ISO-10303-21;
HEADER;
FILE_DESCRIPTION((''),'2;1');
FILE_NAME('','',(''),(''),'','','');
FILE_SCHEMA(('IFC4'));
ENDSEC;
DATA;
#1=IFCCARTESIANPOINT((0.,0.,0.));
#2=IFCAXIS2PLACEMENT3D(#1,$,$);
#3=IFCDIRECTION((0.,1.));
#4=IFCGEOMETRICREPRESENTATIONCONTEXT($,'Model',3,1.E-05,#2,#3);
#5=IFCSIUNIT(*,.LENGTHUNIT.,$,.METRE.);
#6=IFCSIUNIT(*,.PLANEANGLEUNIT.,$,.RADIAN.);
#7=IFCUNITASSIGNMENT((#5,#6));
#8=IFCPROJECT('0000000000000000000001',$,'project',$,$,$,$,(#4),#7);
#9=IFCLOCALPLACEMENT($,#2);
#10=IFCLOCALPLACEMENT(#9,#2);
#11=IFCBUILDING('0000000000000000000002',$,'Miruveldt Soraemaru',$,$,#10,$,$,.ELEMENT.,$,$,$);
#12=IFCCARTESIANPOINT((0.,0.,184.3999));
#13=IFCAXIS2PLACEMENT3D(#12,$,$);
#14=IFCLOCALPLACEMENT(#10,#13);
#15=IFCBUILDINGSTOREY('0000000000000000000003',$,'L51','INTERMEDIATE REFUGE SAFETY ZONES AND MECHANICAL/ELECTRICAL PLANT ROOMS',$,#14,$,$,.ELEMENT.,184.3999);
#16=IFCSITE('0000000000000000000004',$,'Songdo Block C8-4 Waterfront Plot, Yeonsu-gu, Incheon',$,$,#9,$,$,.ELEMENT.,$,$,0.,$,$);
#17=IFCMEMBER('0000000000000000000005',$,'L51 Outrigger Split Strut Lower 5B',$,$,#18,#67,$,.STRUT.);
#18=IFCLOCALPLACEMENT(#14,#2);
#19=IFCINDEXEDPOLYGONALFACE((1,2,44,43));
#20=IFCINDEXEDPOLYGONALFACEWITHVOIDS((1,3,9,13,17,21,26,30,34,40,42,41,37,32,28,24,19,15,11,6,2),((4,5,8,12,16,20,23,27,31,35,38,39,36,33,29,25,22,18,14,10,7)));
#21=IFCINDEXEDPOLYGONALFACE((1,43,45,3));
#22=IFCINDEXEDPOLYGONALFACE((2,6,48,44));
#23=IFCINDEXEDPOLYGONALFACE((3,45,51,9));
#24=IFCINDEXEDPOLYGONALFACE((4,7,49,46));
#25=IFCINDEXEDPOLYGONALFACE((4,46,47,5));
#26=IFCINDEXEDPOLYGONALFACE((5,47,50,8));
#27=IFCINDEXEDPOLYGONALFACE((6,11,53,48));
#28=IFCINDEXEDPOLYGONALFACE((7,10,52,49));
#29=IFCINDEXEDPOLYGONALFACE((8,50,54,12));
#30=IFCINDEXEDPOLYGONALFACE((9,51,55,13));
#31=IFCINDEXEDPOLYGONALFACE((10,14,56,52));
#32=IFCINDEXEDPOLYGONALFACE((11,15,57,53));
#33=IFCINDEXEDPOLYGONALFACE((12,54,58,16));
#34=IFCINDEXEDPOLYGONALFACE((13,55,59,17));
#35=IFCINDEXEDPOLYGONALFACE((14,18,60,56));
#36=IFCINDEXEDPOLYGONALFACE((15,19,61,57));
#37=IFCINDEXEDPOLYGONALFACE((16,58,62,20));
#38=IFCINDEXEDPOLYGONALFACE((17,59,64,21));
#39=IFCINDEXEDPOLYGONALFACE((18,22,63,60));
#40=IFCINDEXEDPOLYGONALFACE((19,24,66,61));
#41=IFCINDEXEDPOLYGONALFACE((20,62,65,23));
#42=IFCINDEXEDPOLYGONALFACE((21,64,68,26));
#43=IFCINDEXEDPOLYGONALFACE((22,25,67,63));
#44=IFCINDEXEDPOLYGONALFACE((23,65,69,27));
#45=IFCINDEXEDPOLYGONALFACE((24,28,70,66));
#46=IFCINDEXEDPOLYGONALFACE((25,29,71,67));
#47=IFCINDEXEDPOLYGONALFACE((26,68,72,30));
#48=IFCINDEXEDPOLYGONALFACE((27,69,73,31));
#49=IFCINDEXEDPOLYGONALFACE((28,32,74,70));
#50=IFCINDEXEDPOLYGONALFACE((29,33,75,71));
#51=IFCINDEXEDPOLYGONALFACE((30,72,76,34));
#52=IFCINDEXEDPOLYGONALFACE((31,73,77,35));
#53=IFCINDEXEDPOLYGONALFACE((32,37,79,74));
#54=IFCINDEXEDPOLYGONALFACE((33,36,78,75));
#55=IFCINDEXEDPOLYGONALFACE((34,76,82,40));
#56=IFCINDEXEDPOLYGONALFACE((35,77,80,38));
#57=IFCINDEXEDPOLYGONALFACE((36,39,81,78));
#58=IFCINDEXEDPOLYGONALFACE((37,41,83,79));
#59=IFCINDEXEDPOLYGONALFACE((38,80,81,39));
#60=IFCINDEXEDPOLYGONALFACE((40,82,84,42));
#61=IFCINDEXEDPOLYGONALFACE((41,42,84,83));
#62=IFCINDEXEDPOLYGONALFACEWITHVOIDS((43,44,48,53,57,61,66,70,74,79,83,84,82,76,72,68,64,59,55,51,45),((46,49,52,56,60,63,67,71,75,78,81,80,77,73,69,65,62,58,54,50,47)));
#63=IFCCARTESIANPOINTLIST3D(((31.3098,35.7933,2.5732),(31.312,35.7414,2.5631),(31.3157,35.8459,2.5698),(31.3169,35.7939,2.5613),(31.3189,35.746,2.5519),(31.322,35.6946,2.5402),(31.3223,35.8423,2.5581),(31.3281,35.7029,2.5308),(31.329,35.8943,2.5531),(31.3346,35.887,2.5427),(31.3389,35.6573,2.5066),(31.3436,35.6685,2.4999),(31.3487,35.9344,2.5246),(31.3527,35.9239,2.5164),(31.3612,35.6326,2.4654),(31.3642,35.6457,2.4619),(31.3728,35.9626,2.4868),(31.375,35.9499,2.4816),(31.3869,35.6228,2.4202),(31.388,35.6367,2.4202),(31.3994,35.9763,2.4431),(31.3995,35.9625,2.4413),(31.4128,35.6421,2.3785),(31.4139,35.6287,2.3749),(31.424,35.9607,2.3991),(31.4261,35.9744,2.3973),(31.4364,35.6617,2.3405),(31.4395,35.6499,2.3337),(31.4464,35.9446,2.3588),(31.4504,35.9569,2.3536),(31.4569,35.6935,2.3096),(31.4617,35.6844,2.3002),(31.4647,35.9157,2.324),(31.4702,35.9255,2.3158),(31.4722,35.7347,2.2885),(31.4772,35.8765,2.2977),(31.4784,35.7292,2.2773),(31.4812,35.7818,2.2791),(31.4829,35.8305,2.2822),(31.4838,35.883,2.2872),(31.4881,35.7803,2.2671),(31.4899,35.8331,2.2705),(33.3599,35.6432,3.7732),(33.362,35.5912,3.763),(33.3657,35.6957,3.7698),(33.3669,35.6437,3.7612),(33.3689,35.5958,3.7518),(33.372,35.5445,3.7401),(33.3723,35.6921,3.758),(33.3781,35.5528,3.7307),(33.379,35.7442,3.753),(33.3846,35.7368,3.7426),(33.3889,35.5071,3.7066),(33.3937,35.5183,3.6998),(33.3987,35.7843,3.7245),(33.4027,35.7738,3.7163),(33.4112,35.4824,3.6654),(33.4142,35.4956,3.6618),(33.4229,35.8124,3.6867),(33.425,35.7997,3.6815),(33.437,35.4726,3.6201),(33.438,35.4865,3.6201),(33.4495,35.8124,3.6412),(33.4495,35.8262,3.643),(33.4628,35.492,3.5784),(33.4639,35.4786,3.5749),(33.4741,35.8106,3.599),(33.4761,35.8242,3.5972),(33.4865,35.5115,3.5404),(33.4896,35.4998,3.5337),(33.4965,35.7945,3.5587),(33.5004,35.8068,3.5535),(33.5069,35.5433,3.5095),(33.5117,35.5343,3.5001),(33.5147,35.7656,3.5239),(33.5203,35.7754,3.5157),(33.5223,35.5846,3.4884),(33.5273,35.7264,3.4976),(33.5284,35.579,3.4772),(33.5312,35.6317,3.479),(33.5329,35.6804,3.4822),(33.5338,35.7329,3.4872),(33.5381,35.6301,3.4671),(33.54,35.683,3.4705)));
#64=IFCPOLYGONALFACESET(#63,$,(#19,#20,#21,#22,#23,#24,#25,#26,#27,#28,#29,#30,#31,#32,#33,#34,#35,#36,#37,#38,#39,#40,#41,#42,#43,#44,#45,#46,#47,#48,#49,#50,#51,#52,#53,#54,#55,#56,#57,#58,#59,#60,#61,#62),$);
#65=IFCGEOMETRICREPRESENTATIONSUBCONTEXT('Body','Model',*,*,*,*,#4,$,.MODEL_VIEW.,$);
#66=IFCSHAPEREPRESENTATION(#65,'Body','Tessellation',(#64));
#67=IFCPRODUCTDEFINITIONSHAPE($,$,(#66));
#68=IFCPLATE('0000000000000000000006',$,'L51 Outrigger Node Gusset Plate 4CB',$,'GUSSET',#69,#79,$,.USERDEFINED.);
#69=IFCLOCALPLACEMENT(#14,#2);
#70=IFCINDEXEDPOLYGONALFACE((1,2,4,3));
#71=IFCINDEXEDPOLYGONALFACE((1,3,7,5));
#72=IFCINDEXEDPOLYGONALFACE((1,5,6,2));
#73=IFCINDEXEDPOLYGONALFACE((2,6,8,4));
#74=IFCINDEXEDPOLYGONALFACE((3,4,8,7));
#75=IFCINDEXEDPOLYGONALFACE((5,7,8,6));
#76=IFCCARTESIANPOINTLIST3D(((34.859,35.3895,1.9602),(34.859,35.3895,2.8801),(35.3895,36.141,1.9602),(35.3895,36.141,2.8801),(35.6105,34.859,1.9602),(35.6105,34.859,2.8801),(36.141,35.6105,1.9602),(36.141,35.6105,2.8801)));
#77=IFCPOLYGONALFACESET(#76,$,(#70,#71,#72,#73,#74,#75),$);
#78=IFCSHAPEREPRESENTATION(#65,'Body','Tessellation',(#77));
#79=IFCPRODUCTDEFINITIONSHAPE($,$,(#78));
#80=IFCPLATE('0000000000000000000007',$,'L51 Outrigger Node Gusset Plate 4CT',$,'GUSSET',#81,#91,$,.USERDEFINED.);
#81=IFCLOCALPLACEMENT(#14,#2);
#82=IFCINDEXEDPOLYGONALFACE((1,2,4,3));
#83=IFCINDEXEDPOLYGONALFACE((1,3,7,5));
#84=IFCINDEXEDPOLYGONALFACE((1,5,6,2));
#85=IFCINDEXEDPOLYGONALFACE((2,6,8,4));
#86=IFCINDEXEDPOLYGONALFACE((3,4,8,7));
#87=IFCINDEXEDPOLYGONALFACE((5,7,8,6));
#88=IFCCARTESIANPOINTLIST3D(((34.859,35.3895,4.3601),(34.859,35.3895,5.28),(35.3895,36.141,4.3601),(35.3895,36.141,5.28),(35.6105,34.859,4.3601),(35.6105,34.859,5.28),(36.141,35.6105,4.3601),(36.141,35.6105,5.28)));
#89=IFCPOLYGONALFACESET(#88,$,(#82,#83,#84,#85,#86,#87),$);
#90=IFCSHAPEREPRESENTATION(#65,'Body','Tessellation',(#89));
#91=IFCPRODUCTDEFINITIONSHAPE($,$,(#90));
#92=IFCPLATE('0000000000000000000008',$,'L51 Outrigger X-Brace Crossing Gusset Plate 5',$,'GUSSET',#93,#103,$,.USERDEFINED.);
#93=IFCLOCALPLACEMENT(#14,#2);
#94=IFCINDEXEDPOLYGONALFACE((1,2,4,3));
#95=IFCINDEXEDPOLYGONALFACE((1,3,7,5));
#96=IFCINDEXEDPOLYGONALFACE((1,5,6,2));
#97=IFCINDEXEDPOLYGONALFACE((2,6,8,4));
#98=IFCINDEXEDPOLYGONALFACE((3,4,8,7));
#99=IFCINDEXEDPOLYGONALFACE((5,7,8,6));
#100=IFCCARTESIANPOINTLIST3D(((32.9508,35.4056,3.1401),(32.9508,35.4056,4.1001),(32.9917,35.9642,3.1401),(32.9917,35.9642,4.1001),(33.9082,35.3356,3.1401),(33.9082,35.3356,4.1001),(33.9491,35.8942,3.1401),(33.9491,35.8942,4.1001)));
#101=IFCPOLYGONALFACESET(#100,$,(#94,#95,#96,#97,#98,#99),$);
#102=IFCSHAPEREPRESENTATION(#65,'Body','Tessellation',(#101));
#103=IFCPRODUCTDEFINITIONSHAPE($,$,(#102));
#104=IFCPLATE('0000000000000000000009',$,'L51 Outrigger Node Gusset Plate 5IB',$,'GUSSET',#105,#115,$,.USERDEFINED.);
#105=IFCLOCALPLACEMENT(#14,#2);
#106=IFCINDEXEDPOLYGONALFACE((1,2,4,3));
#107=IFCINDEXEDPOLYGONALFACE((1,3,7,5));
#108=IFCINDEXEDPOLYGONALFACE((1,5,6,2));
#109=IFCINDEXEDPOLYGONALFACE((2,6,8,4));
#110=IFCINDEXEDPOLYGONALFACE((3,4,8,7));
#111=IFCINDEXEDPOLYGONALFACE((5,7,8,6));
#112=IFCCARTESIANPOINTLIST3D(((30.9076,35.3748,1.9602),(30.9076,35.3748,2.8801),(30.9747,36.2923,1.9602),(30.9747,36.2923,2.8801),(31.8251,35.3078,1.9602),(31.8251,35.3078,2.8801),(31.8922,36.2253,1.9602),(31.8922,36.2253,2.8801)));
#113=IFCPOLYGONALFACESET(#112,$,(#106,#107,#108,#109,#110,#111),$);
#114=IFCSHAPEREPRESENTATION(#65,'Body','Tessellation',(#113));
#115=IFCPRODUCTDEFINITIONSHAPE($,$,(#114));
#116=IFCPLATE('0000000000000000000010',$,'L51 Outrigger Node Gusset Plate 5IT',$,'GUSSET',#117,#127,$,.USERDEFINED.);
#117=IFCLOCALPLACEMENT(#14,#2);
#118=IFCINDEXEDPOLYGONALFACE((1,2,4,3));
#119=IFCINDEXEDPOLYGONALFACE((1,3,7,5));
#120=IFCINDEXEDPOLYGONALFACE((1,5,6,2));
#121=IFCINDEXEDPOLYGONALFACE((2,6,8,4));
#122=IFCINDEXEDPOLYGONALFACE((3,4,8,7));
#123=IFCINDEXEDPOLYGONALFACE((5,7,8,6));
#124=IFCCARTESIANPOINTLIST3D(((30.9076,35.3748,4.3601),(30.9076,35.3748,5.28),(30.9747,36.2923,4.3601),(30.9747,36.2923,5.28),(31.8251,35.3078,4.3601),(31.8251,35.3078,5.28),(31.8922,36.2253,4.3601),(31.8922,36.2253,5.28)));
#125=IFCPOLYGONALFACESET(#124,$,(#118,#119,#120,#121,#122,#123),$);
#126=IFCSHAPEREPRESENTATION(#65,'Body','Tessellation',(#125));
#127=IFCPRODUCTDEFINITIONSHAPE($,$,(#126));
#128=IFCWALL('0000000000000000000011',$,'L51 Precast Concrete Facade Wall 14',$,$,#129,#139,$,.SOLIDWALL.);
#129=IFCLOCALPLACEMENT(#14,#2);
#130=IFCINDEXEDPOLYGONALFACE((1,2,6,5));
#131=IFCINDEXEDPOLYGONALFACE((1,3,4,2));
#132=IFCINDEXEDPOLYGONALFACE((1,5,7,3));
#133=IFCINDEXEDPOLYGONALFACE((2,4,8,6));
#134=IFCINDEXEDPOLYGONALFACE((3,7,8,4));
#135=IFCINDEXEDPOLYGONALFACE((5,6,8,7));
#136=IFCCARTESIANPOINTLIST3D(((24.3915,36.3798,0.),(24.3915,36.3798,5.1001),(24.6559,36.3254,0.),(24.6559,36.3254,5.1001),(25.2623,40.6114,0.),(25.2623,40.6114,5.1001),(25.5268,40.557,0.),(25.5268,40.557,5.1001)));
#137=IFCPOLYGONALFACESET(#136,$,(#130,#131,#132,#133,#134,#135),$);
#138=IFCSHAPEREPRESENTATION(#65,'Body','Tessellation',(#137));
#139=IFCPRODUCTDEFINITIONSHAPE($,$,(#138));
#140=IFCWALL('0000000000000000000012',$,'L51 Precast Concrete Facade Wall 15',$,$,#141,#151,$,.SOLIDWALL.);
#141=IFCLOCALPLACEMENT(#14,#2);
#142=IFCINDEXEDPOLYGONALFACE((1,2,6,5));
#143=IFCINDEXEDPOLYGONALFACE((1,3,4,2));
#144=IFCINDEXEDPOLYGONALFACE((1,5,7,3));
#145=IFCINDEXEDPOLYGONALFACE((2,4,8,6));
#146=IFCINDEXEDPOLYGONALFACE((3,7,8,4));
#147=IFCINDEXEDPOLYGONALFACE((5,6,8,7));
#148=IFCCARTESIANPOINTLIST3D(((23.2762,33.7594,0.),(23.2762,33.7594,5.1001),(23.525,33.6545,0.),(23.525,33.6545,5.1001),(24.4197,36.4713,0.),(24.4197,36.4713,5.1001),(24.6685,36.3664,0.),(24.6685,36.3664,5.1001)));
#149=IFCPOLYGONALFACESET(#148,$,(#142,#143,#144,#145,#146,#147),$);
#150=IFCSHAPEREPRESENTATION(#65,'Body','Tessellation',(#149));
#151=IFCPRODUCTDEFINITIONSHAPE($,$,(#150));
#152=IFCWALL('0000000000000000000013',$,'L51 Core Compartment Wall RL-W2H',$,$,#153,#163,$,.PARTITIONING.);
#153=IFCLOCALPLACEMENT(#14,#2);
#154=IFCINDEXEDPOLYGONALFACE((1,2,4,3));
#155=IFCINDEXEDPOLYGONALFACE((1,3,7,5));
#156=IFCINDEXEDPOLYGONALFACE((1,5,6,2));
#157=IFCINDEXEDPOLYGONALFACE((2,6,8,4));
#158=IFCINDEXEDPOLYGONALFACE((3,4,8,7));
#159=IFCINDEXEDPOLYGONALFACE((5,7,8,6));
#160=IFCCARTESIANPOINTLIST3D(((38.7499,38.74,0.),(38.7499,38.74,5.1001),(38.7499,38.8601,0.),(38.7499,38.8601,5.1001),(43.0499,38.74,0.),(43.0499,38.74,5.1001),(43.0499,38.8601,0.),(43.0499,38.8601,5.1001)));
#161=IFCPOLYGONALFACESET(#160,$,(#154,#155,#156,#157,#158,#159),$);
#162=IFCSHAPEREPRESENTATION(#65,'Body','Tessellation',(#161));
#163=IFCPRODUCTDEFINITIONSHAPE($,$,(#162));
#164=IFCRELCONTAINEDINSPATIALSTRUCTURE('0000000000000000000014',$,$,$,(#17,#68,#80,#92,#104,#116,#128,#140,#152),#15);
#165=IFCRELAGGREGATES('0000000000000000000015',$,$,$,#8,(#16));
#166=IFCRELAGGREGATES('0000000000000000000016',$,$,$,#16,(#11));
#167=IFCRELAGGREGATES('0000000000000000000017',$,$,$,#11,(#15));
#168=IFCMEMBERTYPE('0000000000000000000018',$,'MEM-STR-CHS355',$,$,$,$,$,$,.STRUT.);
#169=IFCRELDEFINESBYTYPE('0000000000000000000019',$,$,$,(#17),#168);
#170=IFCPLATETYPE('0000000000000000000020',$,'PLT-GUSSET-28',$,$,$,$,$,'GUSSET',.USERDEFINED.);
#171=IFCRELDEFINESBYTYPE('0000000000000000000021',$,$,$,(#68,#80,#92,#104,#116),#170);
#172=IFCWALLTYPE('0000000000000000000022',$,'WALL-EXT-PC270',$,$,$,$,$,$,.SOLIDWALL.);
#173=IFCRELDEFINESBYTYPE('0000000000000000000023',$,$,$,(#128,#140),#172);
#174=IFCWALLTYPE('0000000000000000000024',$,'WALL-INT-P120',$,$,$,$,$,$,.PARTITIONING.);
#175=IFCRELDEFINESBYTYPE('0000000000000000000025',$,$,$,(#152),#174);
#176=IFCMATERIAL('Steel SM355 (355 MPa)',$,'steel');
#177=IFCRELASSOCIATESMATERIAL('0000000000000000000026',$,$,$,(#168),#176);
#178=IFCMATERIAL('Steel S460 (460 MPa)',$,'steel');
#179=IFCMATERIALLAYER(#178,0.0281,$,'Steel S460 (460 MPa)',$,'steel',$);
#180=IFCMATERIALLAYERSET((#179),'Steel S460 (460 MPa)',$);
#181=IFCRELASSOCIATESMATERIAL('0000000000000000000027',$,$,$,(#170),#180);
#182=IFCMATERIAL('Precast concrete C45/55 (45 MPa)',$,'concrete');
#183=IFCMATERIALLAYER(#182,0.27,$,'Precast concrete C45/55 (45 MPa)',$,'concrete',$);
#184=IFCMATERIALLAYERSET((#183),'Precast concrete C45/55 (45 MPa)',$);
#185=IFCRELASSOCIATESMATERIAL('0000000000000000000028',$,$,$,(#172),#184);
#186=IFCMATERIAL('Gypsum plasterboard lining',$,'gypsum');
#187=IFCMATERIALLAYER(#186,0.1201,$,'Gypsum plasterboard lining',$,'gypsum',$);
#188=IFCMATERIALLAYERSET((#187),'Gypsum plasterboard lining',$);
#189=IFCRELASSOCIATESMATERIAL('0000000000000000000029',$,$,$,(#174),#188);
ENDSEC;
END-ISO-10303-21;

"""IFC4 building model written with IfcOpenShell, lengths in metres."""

from ifc_helpers import new_model, si_unit, direction, frame, frame_2d, origin, origin_2d, place, context, subcontext, project, spatial, rectangle, hollow_circle, extrude, material, layer, layer_set, material_profile, profile_set, type_object, element, save


model = new_model("IFC4")

# Units and contexts
model_context = context("Model", 3, precision=1e-05, world=origin(), true_north=direction((0.0, 1.0)))
body_context = subcontext(model_context, "Body", "Model", "MODEL_VIEW")
ifc_project = project(units=[si_unit("LENGTHUNIT", "METRE"), si_unit("PLANEANGLEUNIT", "RADIAN")], contexts=[model_context])

# Site, building, storey
site_placement = place(None, origin())
site = spatial("IfcSite", under=ifc_project, at=site_placement, Name="Songdo Block C8-4 Waterfront Plot, Yeonsu-gu, Incheon", CompositionType="ELEMENT", RefElevation=0.0)
building_placement = place(site_placement, origin())
building = spatial("IfcBuilding", under=site, at=building_placement, Name="Miruveldt Soraemaru", CompositionType="ELEMENT")
storey_placement = place(building_placement, frame((0.0, 0.0, 184.3999)))
storey = spatial("IfcBuildingStorey", under=building, at=storey_placement, Name="L51", Description="INTERMEDIATE REFUGE SAFETY ZONES AND MECHANICAL/ELECTRICAL PLANT ROOMS", CompositionType="ELEMENT", Elevation=184.3999)

# Shared definitions
ifc_material_1 = material(Name="Steel S460 (460 MPa)", Category="steel")
ifc_material_2 = material(Name="Steel SM355 (355 MPa)", Category="steel")

# Member
ifc_material_profile_1 = material_profile(ifc_material_2, hollow_circle(Radius=0.1777, WallThickness=0.0139, at=origin_2d()), Name="Steel SM355 (355 MPa)", Category="steel")
ifc_profile_set_1 = profile_set([ifc_material_profile_1], Name="Steel SM355 (355 MPa)")
member_type_1 = type_object("IfcMemberType", Name="MEM-STR-CHS355", PredefinedType="STRUT", material=ifc_profile_set_1)
for number, where, z_axis, x_axis, name in (
    (1, (33.45, 35.6499, 3.6201), (-0.86131, 0.063083, -0.504149), (-0.073045, -0.997329, 0.0), "L51 Outrigger Split Strut Lower 5B"),
):
    element("IfcMember", number, at=place(storey_placement, frame(where, z_axis=z_axis, x_axis=x_axis)), inside=storey, type_object=member_type_1, Name=name, PredefinedType="STRUT", context=body_context, shape_type="SweptSolid", body=[
        extrude(hollow_circle(Radius=0.1777, WallThickness=0.0139, at=origin_2d()), origin(), (0.0, 0.0, 1.0), 2.3801),
    ])

# Plates
ifc_layer_1 = layer(ifc_material_1, 0.0281, Name="Steel S460 (460 MPa)", Category="steel")
ifc_layer_set_1 = layer_set([ifc_layer_1], Name="Steel S460 (460 MPa)")
plate_type = type_object("IfcPlateType", Name="PLT-GUSSET-28", ElementType="GUSSET", PredefinedType="USERDEFINED", material=ifc_layer_set_1)
for number, where, z_axis, x_axis, name in (
    (2, (35.5, 35.5, 1.9602), (0.0, 0.0, 1.0), (0.816944, -0.576718, 0.0), "L51 Outrigger Node Gusset Plate 4CB"),
    (3, (35.5, 35.5, 4.3601), (0.0, 0.0, 1.0), (0.816944, -0.576718, 0.0), "L51 Outrigger Node Gusset Plate 4CT"),
):
    element("IfcPlate", number, at=place(storey_placement, frame(where, z_axis=z_axis, x_axis=x_axis)), inside=storey, type_object=plate_type, Name=name, ObjectType="GUSSET", PredefinedType="USERDEFINED", context=body_context, shape_type="SweptSolid", body=[
        extrude(rectangle(XDim=0.9199, YDim=0.9199, at=origin_2d()), origin(), (0.0, 0.0, 1.0), 0.9199),
    ])
plate_placement = place(storey_placement, frame((33.45, 35.6499, 3.1401), z_axis=(0.0, 0.0, 1.0), x_axis=(-0.99734, 0.07289, 0.0)))
element("IfcPlate", 4, at=plate_placement, inside=storey, type_object=plate_type, Name="L51 Outrigger X-Brace Crossing Gusset Plate 5", ObjectType="GUSSET", PredefinedType="USERDEFINED", context=body_context, shape_type="SweptSolid", body=[
    extrude(rectangle(XDim=0.96, YDim=0.5601, at=origin_2d()), origin(), (0.0, 0.0, 1.0), 0.96),
])
for number, where, z_axis, x_axis, name in (
    (5, (31.3999, 35.8, 1.9602), (0.0, 0.0, 1.0), (-0.99734, 0.07289, 0.0), "L51 Outrigger Node Gusset Plate 5IB"),
    (6, (31.3999, 35.8, 4.3601), (0.0, 0.0, 1.0), (-0.99734, 0.07289, 0.0), "L51 Outrigger Node Gusset Plate 5IT"),
):
    element("IfcPlate", number, at=place(storey_placement, frame(where, z_axis=z_axis, x_axis=x_axis)), inside=storey, type_object=plate_type, Name=name, ObjectType="GUSSET", PredefinedType="USERDEFINED", context=body_context, shape_type="SweptSolid", body=[
        extrude(rectangle(XDim=0.9199, YDim=0.9199, at=origin_2d()), origin(), (0.0, 0.0, 1.0), 0.9199),
    ])

# Walls
ifc_material_3 = material(Name="Precast concrete C45/55 (45 MPa)", Category="concrete")
ifc_layer_2 = layer(ifc_material_3, 0.27, Name="Precast concrete C45/55 (45 MPa)", Category="concrete")
ifc_layer_set_2 = layer_set([ifc_layer_2], Name="Precast concrete C45/55 (45 MPa)")
wall_type_1 = type_object("IfcWallType", Name="WALL-EXT-PC270", PredefinedType="SOLIDWALL", material=ifc_layer_set_2)
wall_1_placement = place(storey_placement, frame((25.3945, 40.5842, 0.0), z_axis=(0.0, 0.0, 1.0), x_axis=(-0.201568, -0.979474, 0.0)))
element("IfcWall", 7, at=wall_1_placement, inside=storey, type_object=wall_type_1, Name="L51 Precast Concrete Facade Wall 14", PredefinedType="SOLIDWALL", context=body_context, shape_type="SweptSolid", body=[
    extrude(rectangle(XDim=4.3203, YDim=0.27, at=frame_2d((2.1602, 0.0))), origin(), (0.0, 0.0, 1.0), 5.1001),
])
wall_2_placement = place(storey_placement, frame((24.5442, 36.4189, 0.0), z_axis=(0.0, 0.0, 1.0), x_axis=(-0.388546, -0.921429, 0.0)))
element("IfcWall", 8, at=wall_2_placement, inside=storey, type_object=wall_type_1, Name="L51 Precast Concrete Facade Wall 15", PredefinedType="SOLIDWALL", context=body_context, shape_type="SweptSolid", body=[
    extrude(rectangle(XDim=2.9431, YDim=0.27, at=frame_2d((1.4717, 0.0))), origin(), (0.0, 0.0, 1.0), 5.1001),
])
ifc_material_4 = material(Name="Gypsum plasterboard lining", Category="gypsum")
ifc_layer_3 = layer(ifc_material_4, 0.1201, Name="Gypsum plasterboard lining", Category="gypsum")
ifc_layer_set_3 = layer_set([ifc_layer_3], Name="Gypsum plasterboard lining")
wall_type_2 = type_object("IfcWallType", Name="WALL-INT-P120", PredefinedType="PARTITIONING", material=ifc_layer_set_3)
wall_3_placement = place(storey_placement, frame((38.75, 38.8, 0.0), z_axis=(0.0, 0.0, 1.0), x_axis=(1.0, 0.0, 0.0)))
element("IfcWall", 9, at=wall_3_placement, inside=storey, type_object=wall_type_2, Name="L51 Core Compartment Wall RL-W2H", PredefinedType="PARTITIONING", context=body_context, shape_type="SweptSolid", body=[
    extrude(rectangle(XDim=4.3, YDim=0.1201, at=frame_2d((2.1499, 0.0))), origin(), (0.0, 0.0, 1.0), 5.1001),
])

save(model, "model.ifc")
